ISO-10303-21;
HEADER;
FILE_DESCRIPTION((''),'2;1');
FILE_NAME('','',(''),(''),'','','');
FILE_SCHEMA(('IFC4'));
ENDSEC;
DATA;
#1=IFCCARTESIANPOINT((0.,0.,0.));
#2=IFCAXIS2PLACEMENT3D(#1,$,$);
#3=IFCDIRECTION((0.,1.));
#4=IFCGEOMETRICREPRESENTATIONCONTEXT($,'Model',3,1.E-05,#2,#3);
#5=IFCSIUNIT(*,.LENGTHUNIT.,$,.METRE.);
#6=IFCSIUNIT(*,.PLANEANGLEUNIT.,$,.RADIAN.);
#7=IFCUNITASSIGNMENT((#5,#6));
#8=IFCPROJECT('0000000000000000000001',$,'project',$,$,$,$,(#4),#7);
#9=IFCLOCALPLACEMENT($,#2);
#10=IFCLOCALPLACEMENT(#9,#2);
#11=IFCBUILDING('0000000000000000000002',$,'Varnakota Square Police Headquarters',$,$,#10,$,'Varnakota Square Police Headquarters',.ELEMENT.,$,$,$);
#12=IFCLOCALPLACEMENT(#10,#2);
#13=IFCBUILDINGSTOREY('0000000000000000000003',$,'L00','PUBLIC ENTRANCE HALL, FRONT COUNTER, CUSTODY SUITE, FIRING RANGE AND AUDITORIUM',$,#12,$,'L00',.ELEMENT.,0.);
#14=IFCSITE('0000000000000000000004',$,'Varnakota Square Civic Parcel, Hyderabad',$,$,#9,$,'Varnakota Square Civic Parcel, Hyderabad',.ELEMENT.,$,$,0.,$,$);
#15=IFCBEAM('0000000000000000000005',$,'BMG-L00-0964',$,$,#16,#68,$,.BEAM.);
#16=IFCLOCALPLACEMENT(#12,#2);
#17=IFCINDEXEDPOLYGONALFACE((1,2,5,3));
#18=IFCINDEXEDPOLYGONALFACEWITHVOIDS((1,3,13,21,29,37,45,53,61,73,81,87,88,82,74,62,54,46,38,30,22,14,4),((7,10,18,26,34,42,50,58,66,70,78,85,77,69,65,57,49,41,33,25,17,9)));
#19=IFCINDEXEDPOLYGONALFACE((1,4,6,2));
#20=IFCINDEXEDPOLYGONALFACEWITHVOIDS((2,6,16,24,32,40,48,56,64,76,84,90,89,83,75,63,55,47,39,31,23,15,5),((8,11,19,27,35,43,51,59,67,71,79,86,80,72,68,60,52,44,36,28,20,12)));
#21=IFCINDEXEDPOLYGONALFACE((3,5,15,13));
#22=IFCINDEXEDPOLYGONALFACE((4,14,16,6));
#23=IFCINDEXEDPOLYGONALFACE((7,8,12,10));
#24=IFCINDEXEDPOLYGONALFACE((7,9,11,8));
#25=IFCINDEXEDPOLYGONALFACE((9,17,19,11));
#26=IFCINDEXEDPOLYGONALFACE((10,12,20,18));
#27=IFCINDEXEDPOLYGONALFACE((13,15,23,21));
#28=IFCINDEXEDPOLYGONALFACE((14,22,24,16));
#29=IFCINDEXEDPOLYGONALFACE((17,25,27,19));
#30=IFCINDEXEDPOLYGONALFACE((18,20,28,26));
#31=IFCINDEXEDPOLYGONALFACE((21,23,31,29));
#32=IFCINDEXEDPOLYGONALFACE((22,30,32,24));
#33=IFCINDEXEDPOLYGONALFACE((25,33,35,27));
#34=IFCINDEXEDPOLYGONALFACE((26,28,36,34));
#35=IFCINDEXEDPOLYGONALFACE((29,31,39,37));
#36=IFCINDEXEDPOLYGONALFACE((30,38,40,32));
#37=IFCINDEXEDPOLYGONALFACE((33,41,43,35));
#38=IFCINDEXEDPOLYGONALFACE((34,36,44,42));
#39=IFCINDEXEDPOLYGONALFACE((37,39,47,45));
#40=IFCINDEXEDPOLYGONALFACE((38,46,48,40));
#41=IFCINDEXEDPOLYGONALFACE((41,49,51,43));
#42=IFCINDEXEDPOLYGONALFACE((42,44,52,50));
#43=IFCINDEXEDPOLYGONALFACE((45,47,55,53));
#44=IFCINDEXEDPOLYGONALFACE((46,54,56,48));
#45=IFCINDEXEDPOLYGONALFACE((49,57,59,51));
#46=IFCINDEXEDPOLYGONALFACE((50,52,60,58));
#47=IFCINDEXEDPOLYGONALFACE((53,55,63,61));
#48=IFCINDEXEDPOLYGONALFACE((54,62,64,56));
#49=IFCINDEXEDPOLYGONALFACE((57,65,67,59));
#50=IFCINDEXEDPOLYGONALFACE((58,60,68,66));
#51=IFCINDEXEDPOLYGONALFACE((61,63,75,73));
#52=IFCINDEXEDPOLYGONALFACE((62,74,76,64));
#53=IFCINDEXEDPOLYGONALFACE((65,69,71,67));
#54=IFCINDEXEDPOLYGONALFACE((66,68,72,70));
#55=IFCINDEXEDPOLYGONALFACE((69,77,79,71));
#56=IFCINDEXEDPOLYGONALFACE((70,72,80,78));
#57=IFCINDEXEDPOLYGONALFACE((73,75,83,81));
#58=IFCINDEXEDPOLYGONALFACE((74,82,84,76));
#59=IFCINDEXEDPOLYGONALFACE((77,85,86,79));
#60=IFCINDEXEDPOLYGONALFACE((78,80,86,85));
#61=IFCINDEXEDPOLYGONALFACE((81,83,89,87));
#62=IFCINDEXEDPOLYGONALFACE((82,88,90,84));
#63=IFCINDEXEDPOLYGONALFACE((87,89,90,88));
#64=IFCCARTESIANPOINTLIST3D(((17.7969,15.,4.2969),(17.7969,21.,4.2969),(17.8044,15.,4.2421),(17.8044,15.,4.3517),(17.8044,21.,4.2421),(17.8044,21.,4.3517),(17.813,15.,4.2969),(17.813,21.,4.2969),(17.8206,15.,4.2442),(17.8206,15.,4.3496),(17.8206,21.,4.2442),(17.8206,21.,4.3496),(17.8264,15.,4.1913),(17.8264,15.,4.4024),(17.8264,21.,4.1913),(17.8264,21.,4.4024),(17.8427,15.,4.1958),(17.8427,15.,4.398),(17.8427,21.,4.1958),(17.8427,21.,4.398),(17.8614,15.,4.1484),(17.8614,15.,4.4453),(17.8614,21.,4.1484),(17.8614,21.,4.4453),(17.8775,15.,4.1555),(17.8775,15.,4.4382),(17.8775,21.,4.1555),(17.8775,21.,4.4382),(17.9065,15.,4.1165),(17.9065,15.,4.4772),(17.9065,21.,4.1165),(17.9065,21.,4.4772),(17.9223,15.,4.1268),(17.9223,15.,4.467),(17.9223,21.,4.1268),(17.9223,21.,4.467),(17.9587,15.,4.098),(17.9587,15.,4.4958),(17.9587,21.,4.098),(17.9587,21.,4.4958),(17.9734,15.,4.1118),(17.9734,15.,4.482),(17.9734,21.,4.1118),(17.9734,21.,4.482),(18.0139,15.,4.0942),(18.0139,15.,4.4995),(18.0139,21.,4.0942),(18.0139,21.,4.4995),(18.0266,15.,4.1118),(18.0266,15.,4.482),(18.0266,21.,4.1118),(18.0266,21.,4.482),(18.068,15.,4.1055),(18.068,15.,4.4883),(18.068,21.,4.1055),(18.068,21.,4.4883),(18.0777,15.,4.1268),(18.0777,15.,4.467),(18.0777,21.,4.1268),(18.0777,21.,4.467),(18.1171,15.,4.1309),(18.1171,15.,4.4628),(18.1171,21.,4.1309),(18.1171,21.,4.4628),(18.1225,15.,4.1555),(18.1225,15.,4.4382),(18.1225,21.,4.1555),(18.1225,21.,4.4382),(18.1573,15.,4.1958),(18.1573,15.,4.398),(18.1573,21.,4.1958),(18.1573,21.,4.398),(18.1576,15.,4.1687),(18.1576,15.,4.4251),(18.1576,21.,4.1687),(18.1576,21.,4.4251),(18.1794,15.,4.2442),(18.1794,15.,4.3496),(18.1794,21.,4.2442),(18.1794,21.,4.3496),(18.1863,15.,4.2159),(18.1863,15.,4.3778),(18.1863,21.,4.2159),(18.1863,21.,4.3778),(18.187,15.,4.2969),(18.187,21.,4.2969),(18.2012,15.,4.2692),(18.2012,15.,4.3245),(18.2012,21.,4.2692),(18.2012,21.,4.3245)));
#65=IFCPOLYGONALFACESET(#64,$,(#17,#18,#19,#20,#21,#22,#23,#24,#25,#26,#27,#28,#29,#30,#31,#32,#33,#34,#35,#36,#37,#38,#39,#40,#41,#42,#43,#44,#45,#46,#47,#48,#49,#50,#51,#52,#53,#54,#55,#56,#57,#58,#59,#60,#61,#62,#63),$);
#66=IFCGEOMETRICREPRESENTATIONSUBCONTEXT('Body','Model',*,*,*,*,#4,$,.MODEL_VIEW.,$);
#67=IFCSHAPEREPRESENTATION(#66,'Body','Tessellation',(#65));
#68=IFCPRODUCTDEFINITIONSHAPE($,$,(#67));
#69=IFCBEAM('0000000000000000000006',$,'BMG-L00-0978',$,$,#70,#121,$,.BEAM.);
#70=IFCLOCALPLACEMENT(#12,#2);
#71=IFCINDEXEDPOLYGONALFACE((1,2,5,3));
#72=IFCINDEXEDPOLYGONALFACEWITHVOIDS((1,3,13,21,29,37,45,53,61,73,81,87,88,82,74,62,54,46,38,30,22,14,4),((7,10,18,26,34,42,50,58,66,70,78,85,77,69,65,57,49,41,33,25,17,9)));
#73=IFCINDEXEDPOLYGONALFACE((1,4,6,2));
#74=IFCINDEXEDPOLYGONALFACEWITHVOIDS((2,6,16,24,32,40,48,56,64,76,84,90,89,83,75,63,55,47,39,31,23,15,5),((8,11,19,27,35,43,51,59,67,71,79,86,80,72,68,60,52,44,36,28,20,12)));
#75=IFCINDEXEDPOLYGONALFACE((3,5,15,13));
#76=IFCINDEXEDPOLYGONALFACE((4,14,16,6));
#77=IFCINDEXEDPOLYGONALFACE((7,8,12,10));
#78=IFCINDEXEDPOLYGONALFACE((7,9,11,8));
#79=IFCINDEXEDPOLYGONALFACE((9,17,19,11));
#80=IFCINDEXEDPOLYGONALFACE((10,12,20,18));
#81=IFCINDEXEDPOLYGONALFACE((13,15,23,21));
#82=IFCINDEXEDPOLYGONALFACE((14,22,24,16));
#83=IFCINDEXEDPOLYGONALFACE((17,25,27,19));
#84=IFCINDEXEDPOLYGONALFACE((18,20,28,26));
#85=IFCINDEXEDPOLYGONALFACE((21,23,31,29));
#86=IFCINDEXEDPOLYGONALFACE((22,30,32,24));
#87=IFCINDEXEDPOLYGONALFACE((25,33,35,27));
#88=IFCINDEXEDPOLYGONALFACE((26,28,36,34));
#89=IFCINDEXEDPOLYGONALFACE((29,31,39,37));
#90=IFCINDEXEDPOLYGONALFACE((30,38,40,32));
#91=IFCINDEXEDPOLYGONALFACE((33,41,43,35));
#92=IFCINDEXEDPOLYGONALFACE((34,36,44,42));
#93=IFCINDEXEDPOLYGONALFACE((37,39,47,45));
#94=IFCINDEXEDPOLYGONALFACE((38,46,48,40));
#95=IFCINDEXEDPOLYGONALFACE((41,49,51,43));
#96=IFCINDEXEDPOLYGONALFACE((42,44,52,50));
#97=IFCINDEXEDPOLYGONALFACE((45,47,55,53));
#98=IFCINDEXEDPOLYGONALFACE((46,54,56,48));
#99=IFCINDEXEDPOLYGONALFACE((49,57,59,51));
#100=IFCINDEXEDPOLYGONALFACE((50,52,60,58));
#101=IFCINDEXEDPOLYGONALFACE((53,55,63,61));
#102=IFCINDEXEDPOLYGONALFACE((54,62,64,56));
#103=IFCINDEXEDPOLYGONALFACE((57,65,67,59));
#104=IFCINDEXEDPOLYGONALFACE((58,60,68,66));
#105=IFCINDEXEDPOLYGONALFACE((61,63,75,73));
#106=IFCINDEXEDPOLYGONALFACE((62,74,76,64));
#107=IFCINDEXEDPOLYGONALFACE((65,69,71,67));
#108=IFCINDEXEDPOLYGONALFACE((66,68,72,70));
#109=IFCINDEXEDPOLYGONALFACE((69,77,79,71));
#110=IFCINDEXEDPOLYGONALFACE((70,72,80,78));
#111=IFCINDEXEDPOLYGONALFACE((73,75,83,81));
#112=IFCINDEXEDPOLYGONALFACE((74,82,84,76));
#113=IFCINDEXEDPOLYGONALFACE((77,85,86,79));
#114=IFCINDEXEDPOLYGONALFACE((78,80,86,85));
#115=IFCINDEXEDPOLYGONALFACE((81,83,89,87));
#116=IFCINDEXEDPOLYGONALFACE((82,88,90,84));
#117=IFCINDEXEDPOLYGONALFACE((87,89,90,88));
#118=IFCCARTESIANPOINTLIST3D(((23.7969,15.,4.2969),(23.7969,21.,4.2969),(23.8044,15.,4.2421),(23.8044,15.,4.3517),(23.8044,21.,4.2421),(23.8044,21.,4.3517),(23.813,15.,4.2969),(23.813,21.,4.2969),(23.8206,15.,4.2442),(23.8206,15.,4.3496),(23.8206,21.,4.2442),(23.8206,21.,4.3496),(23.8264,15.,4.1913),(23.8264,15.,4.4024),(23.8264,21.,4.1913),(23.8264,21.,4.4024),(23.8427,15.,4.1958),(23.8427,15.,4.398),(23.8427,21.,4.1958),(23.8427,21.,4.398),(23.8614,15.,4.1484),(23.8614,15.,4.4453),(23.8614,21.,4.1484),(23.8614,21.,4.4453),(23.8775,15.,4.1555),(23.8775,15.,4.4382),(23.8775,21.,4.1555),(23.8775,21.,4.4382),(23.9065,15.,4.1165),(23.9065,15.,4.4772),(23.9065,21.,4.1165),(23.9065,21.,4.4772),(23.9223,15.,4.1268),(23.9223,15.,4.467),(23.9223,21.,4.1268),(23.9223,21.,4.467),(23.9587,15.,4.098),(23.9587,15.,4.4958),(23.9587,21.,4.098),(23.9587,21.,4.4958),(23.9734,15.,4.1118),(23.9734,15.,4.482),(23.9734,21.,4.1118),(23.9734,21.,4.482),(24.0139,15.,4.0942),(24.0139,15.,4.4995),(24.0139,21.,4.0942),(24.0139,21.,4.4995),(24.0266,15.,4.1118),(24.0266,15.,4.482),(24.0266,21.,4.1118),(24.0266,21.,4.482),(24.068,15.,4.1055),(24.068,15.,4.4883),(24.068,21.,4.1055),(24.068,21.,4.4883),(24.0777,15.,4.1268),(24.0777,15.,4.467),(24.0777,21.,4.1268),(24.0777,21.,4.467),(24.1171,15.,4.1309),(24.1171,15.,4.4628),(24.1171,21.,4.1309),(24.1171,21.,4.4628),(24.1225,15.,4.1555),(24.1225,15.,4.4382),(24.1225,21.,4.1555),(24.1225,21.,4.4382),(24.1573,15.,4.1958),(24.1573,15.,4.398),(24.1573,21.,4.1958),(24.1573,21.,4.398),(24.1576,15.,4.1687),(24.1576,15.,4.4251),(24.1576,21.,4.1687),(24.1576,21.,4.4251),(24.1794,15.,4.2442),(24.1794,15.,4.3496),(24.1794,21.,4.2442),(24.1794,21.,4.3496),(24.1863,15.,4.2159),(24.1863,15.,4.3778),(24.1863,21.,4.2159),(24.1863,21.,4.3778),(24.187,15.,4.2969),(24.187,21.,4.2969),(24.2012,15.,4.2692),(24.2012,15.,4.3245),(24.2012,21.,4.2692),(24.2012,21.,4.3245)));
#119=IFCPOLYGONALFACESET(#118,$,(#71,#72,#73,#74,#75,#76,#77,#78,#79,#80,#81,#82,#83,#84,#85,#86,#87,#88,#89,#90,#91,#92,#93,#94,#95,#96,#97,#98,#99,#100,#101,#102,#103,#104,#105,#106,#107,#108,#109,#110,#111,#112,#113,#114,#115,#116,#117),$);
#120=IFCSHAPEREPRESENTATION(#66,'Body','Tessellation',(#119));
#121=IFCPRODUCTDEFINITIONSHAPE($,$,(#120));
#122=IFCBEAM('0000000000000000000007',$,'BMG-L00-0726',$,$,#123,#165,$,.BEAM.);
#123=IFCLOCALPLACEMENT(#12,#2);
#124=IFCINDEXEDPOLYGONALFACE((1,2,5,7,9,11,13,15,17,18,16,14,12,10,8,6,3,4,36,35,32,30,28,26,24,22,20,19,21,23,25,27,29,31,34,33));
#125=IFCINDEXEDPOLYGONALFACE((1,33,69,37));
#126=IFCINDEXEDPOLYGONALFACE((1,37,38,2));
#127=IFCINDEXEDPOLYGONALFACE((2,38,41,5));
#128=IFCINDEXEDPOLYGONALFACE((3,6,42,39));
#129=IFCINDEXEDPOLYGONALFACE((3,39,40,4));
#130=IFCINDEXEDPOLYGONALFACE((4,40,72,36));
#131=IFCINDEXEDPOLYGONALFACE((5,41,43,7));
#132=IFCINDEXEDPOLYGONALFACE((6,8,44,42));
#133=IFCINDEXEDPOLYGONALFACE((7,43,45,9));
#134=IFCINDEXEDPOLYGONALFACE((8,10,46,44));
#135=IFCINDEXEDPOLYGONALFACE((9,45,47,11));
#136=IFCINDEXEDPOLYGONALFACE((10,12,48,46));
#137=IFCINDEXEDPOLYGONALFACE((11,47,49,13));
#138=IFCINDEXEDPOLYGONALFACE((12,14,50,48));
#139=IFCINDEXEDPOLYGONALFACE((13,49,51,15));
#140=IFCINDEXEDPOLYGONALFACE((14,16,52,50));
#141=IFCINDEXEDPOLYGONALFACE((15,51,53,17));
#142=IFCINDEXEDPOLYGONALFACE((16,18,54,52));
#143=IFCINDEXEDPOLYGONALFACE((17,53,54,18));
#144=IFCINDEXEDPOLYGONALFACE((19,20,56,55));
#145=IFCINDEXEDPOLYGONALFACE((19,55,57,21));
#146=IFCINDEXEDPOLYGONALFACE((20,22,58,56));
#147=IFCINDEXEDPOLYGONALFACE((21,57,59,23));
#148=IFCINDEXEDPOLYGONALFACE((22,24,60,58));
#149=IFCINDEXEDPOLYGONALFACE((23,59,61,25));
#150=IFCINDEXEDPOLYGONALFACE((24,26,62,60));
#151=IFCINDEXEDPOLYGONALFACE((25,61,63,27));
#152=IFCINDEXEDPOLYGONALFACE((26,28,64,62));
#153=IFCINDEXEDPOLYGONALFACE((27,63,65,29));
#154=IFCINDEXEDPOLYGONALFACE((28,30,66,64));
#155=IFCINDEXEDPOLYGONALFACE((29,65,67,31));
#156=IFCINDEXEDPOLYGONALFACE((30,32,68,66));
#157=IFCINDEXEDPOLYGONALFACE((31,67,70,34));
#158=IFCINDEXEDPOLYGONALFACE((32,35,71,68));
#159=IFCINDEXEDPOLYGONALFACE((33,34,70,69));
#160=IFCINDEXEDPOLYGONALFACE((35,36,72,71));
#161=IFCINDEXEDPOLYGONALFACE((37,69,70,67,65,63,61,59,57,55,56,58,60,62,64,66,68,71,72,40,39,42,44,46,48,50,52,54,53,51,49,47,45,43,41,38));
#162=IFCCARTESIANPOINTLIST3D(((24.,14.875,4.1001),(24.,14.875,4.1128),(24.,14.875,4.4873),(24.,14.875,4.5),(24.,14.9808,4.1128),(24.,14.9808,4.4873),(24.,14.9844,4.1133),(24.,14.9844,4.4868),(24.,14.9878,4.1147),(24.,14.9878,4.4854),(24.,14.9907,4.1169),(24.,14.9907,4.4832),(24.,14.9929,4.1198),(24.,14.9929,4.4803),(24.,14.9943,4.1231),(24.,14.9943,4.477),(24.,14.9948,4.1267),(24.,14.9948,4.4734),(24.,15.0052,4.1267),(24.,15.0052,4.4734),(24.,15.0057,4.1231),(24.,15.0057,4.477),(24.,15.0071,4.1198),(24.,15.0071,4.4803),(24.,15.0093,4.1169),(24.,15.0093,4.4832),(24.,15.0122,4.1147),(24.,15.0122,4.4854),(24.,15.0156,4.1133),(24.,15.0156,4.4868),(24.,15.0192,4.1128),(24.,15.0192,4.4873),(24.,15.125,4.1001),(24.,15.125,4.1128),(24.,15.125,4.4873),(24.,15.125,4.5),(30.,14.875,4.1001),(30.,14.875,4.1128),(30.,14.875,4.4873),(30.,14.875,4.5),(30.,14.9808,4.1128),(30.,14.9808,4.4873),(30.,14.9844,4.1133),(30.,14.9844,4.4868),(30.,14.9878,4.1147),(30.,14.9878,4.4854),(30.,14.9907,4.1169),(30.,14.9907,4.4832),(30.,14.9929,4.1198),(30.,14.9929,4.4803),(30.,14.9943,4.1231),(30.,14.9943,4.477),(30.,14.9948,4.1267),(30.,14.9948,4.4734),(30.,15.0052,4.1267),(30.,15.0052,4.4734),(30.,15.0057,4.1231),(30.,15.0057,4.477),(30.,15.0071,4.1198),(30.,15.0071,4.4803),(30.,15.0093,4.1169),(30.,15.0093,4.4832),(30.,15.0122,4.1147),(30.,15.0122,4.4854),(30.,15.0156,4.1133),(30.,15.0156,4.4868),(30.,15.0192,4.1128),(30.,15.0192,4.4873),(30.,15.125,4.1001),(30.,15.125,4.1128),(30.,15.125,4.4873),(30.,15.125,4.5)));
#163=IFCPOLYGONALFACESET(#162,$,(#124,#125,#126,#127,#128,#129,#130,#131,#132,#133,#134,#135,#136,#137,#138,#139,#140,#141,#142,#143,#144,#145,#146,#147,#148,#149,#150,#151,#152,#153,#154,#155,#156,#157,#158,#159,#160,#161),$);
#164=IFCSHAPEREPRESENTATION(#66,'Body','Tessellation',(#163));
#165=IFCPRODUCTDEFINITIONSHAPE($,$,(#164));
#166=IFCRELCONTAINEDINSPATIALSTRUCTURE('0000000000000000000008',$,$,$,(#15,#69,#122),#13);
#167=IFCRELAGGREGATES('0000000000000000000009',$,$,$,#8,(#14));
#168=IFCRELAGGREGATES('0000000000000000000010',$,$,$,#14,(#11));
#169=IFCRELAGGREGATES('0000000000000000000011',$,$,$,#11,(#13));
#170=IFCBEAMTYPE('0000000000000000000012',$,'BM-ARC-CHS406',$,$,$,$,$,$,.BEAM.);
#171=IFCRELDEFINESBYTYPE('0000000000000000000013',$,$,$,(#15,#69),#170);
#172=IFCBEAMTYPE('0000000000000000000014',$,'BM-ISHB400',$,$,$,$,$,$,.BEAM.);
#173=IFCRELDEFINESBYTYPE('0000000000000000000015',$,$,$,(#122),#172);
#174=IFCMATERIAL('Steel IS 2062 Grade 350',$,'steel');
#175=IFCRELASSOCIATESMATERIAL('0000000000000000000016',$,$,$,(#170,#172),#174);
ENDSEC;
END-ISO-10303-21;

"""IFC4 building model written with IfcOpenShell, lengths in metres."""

from ifc_helpers import new_model, si_unit, direction, frame, origin, origin_2d, place, context, subcontext, project, spatial, hollow_circle, i_section, extrude, material, material_profile, profile_set, type_object, element, save


model = new_model("IFC4")

# Units and contexts
model_context = context("Model", 3, precision=1e-05, world=origin(), true_north=direction((0.0, 1.0)))
body_context = subcontext(model_context, "Body", "Model", "MODEL_VIEW")
ifc_project = project(units=[si_unit("LENGTHUNIT", "METRE"), si_unit("PLANEANGLEUNIT", "RADIAN")], contexts=[model_context])

# Site, building, storey
site_placement = place(None, origin())
site = spatial("IfcSite", under=ifc_project, at=site_placement, Name="Varnakota Square Civic Parcel, Hyderabad", LongName="Varnakota Square Civic Parcel, Hyderabad", CompositionType="ELEMENT", RefElevation=0.0)
building_placement = place(site_placement, origin())
building = spatial("IfcBuilding", under=site, at=building_placement, Name="Varnakota Square Police Headquarters", LongName="Varnakota Square Police Headquarters", CompositionType="ELEMENT")
storey_placement = place(building_placement, origin())
storey = spatial("IfcBuildingStorey", under=building, at=storey_placement, Name="L00", Description="PUBLIC ENTRANCE HALL, FRONT COUNTER, CUSTODY SUITE, FIRING RANGE AND AUDITORIUM", LongName="L00", CompositionType="ELEMENT", Elevation=0.0)

# Beams
ifc_material_1 = material(Name="Steel IS 2062 Grade 350", Category="steel")
ifc_material_profile_1 = material_profile(ifc_material_1, hollow_circle(Radius=0.2031, WallThickness=0.0161, at=origin_2d()), Name="CHS 406.4x16.0")
ifc_profile_set_1 = profile_set([ifc_material_profile_1], Name="Steel IS 2062 Grade 350")
beam_type_1 = type_object("IfcBeamType", Name="BM-ARC-CHS406", PredefinedType="BEAM", material=ifc_profile_set_1)
for number, where, z_axis, x_axis, name in (
    (1, (18.0, 15.0, 4.2969), (0.0, 1.0, 0.0), (-1.0, 0.0, 0.0), "BMG-L00-0964"),
    (2, (24.0, 15.0, 4.2969), (0.0, 1.0, 0.0), (-1.0, 0.0, 0.0), "BMG-L00-0978"),
):
    element("IfcBeam", number, at=place(storey_placement, frame(where, z_axis=z_axis, x_axis=x_axis)), inside=storey, type_object=beam_type_1, Name=name, PredefinedType="BEAM", context=body_context, shape_type="SweptSolid", body=[
        extrude(hollow_circle(Radius=0.2031, WallThickness=0.0161, at=origin_2d()), origin(), (0.0, 0.0, 1.0), 6.0),
    ])
ifc_material_profile_2 = material_profile(ifc_material_1, i_section(OverallWidth=0.25, OverallDepth=0.3999, WebThickness=0.0105, FlangeThickness=0.0127, FilletRadius=0.0139, at=origin_2d()), Name="ISHB 400")
ifc_profile_set_2 = profile_set([ifc_material_profile_2], Name="Steel IS 2062 Grade 350")
beam_type_2 = type_object("IfcBeamType", Name="BM-ISHB400", PredefinedType="BEAM", material=ifc_profile_set_2)
for number, where, z_axis, x_axis, name in (
    (3, (24.0, 15.0, 4.3), (1.0, 0.0, 0.0), (0.0, 1.0, 0.0), "BMG-L00-0726"),
):
    element("IfcBeam", number, at=place(storey_placement, frame(where, z_axis=z_axis, x_axis=x_axis)), inside=storey, type_object=beam_type_2, Name=name, PredefinedType="BEAM", context=body_context, shape_type="SweptSolid", body=[
        extrude(i_section(OverallWidth=0.25, OverallDepth=0.3999, WebThickness=0.0105, FlangeThickness=0.0127, FilletRadius=0.0139, at=origin_2d()), origin(), (0.0, 0.0, 1.0), 6.0),
    ])

save(model, "model.ifc")
